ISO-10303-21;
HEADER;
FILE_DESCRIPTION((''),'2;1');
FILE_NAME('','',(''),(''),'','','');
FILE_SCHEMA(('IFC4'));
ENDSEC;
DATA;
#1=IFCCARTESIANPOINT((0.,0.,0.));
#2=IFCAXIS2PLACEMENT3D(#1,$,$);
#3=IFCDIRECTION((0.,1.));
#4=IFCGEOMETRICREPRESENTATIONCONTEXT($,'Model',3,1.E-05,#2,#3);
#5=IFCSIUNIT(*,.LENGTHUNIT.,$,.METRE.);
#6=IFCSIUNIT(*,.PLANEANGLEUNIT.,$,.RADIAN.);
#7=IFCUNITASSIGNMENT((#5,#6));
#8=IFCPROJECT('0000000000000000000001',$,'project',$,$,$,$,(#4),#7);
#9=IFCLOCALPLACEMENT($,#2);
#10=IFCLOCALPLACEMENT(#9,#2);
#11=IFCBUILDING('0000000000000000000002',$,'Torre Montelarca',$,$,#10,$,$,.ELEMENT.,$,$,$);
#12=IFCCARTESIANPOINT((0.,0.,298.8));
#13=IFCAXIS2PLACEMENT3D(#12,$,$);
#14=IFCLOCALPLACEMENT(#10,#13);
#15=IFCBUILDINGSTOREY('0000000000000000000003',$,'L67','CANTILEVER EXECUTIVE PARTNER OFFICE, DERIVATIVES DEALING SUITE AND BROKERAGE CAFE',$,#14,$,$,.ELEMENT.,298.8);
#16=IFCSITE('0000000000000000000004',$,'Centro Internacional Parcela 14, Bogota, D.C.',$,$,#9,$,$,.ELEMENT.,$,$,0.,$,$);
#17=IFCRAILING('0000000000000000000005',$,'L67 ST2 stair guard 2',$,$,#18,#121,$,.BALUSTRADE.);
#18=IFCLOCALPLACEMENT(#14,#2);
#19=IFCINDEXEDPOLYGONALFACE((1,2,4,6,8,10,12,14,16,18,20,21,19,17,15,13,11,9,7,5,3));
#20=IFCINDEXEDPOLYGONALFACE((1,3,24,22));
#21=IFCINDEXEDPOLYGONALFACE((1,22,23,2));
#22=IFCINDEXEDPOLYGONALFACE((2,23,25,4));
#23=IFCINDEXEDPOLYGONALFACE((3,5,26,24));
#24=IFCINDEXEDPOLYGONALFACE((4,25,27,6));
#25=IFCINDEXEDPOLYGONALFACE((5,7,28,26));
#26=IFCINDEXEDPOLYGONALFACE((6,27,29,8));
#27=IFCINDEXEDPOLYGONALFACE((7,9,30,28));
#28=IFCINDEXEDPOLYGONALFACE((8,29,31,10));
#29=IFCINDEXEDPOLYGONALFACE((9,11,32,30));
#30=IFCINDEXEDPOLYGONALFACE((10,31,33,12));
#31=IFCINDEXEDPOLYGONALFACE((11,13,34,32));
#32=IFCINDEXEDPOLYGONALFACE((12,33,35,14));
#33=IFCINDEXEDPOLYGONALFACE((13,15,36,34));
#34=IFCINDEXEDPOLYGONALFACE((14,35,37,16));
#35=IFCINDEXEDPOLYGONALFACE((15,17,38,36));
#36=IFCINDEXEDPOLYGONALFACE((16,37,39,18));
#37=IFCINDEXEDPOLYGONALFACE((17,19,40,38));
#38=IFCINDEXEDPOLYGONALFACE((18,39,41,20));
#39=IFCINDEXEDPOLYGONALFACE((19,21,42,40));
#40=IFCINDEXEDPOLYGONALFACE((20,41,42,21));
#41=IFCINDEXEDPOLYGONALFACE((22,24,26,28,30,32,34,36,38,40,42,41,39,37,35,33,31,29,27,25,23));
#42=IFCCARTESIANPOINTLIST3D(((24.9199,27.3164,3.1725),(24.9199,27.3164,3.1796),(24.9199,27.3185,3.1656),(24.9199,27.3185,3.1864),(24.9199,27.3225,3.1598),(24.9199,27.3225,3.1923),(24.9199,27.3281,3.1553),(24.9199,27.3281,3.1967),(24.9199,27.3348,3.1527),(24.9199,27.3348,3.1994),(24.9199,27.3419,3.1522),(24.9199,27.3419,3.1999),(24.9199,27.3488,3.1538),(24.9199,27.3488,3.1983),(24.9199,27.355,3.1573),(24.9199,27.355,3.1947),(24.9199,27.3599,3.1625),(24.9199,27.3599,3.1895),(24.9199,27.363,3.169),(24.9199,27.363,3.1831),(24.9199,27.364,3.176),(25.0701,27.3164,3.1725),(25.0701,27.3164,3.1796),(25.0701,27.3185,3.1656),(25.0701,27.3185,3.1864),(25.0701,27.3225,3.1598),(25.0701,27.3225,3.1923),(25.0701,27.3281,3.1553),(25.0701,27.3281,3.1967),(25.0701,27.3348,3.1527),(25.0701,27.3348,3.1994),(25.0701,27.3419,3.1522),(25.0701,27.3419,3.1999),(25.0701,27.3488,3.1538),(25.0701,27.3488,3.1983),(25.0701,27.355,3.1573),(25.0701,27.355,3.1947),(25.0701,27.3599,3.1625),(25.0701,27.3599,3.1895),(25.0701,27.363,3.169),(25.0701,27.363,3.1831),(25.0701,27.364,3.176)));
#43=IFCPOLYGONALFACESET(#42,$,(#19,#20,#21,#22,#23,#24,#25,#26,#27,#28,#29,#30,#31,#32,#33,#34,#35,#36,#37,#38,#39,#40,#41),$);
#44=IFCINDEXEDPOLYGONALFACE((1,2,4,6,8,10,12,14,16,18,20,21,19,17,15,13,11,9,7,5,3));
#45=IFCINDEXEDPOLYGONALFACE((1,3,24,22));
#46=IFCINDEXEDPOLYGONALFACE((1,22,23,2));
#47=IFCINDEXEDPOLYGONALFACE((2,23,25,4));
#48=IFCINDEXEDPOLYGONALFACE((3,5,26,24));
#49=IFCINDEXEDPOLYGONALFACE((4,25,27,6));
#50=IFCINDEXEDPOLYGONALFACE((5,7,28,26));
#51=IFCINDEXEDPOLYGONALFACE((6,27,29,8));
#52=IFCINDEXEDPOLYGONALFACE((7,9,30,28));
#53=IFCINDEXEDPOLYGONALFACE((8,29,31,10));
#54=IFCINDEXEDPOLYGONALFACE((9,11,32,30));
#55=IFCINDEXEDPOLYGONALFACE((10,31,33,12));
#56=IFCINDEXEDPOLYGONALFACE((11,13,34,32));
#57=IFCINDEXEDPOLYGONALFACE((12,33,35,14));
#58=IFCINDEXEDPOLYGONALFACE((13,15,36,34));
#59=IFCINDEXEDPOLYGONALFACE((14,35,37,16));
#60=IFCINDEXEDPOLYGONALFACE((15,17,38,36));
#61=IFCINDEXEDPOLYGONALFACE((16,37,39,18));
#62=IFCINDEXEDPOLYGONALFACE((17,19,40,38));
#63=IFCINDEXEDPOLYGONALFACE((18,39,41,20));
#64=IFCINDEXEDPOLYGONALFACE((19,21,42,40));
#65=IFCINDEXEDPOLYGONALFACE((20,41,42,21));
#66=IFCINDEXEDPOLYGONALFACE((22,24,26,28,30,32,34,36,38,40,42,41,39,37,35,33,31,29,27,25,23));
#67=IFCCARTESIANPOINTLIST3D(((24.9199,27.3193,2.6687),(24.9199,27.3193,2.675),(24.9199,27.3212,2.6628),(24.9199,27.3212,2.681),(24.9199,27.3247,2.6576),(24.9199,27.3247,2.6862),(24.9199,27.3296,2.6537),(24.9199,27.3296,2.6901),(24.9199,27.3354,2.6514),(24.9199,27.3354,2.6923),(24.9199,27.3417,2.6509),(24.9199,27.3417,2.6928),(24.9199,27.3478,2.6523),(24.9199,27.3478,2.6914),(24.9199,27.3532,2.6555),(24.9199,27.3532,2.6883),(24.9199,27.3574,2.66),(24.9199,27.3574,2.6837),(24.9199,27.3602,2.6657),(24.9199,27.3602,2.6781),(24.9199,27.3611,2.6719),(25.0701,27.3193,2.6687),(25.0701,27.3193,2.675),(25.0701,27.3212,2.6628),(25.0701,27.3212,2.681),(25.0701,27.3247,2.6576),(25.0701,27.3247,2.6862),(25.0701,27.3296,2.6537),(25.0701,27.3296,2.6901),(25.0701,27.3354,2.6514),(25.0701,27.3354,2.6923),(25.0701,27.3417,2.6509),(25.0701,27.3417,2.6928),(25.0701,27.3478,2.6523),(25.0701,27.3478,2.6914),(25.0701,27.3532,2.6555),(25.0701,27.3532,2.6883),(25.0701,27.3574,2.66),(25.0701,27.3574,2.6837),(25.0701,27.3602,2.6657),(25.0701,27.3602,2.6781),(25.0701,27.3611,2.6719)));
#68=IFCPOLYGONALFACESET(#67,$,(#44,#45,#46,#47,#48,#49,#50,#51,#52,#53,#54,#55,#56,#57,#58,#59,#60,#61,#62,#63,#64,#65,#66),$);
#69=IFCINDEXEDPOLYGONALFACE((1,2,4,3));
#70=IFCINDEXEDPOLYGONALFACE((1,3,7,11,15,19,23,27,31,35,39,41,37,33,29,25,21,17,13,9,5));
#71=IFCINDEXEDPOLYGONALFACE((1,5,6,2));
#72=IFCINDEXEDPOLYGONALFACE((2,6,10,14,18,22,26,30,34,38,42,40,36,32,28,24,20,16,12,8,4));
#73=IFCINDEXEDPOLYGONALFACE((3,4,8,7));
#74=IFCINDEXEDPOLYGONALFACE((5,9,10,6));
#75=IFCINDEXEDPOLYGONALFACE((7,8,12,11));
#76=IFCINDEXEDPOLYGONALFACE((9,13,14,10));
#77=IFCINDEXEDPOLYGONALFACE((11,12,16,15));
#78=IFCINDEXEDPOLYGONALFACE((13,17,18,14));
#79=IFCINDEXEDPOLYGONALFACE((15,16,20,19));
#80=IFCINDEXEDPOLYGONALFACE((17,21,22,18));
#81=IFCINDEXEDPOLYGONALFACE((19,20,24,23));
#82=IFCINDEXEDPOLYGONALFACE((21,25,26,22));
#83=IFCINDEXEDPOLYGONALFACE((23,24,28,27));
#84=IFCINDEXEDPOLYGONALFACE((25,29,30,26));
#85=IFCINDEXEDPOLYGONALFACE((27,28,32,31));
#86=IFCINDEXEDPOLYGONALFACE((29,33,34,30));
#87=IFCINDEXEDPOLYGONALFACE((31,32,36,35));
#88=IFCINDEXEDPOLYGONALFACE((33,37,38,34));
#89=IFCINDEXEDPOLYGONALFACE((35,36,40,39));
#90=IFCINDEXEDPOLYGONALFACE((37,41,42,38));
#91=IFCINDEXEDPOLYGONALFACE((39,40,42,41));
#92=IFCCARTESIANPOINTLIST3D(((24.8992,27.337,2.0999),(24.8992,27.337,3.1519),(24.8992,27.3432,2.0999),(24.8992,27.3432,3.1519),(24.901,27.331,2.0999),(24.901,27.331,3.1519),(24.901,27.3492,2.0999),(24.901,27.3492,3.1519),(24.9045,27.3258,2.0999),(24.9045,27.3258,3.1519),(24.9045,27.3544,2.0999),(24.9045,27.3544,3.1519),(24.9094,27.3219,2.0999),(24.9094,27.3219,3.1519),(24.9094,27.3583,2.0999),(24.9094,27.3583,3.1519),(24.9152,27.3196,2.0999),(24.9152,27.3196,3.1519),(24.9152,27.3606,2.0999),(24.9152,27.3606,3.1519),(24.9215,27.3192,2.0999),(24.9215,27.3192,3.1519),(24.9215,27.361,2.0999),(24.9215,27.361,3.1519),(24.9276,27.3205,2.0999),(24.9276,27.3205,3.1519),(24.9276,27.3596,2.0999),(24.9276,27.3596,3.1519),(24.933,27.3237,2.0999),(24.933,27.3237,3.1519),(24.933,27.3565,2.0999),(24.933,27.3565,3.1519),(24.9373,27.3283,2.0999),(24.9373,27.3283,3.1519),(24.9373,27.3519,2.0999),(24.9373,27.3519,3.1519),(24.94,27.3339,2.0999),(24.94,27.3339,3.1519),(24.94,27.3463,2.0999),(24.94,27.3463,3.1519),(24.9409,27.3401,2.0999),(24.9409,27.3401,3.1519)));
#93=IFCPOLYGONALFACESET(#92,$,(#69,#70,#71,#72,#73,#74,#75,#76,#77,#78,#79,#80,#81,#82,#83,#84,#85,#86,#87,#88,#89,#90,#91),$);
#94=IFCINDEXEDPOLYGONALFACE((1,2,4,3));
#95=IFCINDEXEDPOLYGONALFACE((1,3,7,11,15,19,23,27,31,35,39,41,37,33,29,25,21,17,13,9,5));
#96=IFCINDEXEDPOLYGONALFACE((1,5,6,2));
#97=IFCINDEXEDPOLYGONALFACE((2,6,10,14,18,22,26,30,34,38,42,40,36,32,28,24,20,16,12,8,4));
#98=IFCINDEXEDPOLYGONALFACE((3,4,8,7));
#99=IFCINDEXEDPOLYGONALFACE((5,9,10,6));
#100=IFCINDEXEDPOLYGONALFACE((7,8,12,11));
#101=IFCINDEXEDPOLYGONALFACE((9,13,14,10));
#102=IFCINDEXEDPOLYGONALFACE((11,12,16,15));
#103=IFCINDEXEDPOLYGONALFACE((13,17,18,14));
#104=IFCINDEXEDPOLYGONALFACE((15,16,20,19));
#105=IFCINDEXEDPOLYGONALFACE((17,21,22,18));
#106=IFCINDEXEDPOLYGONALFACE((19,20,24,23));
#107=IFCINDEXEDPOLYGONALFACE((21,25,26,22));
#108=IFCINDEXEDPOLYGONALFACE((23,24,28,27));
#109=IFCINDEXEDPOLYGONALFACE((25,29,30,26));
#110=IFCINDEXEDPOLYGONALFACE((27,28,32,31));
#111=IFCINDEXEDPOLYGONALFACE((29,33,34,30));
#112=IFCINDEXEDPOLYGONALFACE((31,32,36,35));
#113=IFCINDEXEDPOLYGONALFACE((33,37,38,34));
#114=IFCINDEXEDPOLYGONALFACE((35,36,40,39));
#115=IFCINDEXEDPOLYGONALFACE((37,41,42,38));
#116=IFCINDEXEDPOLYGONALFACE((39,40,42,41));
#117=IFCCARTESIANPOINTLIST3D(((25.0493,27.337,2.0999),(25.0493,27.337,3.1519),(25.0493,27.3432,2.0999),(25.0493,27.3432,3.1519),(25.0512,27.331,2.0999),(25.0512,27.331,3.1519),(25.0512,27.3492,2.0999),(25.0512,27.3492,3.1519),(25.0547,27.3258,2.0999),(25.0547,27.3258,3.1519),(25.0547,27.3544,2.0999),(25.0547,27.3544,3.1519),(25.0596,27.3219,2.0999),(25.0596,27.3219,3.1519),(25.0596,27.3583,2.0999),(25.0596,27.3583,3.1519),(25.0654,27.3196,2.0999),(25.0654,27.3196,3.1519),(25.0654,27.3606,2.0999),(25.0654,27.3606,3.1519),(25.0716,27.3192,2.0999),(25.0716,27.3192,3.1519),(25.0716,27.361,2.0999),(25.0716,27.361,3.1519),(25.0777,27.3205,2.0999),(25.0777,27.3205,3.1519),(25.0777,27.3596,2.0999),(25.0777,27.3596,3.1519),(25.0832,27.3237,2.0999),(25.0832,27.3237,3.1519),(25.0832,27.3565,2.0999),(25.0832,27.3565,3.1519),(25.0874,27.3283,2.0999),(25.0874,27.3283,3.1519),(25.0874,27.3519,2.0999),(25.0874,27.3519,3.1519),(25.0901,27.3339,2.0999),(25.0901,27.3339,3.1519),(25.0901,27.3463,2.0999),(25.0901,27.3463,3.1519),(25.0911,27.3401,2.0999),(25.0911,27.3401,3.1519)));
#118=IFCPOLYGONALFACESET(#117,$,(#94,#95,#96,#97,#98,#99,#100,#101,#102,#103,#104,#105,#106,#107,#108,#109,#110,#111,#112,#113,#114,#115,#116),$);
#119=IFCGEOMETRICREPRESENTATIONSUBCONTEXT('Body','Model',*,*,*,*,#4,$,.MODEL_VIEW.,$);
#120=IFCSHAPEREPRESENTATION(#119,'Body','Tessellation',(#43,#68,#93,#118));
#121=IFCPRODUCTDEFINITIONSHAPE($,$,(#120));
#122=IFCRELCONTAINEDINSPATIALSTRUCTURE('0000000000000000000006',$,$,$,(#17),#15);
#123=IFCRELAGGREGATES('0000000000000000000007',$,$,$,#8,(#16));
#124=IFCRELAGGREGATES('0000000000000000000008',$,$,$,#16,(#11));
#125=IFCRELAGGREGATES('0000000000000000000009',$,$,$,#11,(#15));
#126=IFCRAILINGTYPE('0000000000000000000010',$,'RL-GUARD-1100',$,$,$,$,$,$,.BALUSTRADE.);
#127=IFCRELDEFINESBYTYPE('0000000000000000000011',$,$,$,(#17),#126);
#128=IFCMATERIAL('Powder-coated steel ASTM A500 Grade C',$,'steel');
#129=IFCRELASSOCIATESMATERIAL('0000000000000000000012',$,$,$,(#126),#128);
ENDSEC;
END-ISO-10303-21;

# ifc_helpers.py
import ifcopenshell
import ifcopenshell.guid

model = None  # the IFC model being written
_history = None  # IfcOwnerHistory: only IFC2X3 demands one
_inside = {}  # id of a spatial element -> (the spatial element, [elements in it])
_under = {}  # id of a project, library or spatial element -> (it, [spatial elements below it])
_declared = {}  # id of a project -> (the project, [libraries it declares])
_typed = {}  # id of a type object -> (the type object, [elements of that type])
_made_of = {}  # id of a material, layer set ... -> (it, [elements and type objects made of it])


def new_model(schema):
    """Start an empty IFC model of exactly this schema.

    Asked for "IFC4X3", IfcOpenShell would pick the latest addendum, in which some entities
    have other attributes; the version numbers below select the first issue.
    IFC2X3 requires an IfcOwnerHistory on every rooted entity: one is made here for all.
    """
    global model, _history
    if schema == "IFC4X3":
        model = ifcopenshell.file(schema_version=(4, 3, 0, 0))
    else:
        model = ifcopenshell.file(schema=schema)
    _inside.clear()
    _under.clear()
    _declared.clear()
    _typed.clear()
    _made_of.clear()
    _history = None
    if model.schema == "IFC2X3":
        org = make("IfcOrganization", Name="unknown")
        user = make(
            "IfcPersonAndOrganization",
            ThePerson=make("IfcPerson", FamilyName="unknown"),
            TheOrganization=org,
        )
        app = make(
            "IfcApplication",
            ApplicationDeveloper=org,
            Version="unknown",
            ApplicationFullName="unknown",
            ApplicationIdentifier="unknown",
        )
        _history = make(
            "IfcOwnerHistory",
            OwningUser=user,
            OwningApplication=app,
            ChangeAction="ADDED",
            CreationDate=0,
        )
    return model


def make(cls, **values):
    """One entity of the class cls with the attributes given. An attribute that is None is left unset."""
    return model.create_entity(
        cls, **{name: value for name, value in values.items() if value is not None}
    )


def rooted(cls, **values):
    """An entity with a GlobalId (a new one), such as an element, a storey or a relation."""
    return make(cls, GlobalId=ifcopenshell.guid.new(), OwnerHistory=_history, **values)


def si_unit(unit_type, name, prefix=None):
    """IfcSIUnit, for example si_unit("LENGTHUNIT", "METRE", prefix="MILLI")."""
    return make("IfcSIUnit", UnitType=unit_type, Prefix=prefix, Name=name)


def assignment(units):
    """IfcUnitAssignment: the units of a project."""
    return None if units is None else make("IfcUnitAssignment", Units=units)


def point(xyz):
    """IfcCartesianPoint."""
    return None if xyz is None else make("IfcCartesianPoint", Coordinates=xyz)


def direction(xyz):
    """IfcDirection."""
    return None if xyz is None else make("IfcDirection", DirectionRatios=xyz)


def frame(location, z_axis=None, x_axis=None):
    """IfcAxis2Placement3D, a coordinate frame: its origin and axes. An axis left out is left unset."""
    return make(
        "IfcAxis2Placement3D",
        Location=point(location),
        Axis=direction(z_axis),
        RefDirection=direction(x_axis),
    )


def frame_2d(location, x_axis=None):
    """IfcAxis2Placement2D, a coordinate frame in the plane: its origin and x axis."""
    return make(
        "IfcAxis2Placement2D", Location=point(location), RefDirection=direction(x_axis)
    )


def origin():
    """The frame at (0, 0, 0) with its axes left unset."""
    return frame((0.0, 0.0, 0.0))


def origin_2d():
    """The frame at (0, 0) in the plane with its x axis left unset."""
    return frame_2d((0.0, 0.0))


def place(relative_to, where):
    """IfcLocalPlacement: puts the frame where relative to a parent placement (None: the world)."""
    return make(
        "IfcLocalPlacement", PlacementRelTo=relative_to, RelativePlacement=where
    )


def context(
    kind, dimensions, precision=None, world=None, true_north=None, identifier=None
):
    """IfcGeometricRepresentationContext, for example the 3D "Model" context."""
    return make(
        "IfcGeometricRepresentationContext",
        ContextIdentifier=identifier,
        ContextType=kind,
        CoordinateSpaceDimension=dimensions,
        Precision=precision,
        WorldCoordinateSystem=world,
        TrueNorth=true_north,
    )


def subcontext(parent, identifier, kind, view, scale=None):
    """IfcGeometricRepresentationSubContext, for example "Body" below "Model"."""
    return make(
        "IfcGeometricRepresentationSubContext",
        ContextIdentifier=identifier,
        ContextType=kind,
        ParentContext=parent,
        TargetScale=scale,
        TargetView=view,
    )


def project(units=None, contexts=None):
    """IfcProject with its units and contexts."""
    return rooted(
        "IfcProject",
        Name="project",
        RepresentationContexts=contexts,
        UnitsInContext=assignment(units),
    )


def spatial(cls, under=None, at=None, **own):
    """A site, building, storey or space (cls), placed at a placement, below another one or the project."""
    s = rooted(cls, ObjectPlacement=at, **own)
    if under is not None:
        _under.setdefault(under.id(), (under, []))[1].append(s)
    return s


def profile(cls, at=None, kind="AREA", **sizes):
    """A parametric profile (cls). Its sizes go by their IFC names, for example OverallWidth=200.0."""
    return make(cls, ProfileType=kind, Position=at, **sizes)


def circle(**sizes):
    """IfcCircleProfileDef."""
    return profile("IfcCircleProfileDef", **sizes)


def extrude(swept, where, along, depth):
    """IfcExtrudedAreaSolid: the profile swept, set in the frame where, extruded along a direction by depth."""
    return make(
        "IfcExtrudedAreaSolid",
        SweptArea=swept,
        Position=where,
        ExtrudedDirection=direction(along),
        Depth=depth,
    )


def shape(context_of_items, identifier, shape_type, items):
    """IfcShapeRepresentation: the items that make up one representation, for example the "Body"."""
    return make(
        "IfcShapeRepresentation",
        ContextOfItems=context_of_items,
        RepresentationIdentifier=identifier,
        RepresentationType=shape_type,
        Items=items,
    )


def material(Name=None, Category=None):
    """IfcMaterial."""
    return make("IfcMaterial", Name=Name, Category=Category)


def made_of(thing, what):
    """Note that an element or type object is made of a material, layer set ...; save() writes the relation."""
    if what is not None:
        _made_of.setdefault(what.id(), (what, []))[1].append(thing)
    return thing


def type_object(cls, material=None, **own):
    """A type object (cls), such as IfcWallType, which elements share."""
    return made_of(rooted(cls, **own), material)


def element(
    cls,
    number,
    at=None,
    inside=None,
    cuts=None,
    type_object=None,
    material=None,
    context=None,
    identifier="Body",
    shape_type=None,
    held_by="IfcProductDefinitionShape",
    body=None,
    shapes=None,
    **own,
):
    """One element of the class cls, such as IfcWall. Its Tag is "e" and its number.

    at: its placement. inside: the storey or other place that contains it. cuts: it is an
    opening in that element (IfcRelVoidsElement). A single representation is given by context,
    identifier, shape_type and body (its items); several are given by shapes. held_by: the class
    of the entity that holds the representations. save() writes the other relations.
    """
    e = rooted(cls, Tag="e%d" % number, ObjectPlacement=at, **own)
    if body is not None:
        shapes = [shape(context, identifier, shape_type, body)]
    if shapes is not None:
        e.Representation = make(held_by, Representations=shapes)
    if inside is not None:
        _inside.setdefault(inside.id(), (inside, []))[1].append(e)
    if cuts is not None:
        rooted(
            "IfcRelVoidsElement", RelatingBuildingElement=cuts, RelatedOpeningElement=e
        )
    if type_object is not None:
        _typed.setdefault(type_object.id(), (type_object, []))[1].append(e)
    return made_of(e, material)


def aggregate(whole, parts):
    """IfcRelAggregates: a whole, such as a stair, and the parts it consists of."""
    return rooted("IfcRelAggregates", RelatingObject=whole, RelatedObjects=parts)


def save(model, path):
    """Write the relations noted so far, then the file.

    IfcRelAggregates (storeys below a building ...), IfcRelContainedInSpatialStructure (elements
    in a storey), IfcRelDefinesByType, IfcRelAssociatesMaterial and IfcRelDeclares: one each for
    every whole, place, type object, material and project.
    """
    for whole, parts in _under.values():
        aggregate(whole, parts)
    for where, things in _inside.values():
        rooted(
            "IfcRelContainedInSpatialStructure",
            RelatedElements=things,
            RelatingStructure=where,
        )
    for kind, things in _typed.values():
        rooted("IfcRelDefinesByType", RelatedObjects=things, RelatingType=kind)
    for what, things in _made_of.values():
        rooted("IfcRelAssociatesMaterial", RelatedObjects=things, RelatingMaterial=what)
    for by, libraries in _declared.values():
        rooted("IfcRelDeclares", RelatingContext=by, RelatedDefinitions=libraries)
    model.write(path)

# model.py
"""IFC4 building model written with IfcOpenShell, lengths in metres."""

from ifc_helpers import new_model, si_unit, direction, frame, origin, origin_2d, place, context, subcontext, project, spatial, circle, extrude, material, type_object, element, save


model = new_model("IFC4")

# Units and contexts
model_context = context("Model", 3, precision=1e-05, world=origin(), true_north=direction((0.0, 1.0)))
body_context = subcontext(model_context, "Body", "Model", "MODEL_VIEW")
ifc_project = project(units=[si_unit("LENGTHUNIT", "METRE"), si_unit("PLANEANGLEUNIT", "RADIAN")], contexts=[model_context])

# Site, building, storey
site_placement = place(None, origin())
site = spatial("IfcSite", under=ifc_project, at=site_placement, Name="Centro Internacional Parcela 14, Bogota, D.C.", CompositionType="ELEMENT", RefElevation=0.0)
building_placement = place(site_placement, origin())
building = spatial("IfcBuilding", under=site, at=building_placement, Name="Torre Montelarca", CompositionType="ELEMENT")
storey_placement = place(building_placement, frame((0.0, 0.0, 298.8)))
storey = spatial("IfcBuildingStorey", under=building, at=storey_placement, Name="L67", Description="CANTILEVER EXECUTIVE PARTNER OFFICE, DERIVATIVES DEALING SUITE AND BROKERAGE CAFE", CompositionType="ELEMENT", Elevation=298.8)

# Railing
ifc_material_1 = material(Name="Powder-coated steel ASTM A500 Grade C", Category="steel")
railing_type = type_object("IfcRailingType", Name="RL-GUARD-1100", PredefinedType="BALUSTRADE", material=ifc_material_1)
railing_1_placement = place(storey_placement, frame((24.9199, 27.3401, 2.0999)))
element("IfcRailing", 1, at=railing_1_placement, inside=storey, type_object=railing_type, Name="L67 ST2 stair guard 2", PredefinedType="BALUSTRADE", context=body_context, shape_type="SweptSolid", body=[
    extrude(circle(Radius=0.0239, at=origin_2d()), frame((0.0, 0.0, 1.0762), z_axis=(1.0, 0.0, 0.0), x_axis=(0.0, 1.0, 0.0)), (0.0, 0.0, 1.0), 0.1501),
    extrude(circle(Radius=0.021, at=origin_2d()), frame((0.0, 0.0, 0.572), z_axis=(1.0, 0.0, 0.0), x_axis=(0.0, 1.0, 0.0)), (0.0, 0.0, 1.0), 0.1501),
    extrude(circle(Radius=0.021, at=origin_2d()), origin(), (0.0, 0.0, 1.0), 1.052),
    extrude(circle(Radius=0.021, at=origin_2d()), frame((0.1501, 0.0, 0.0)), (0.0, 0.0, 1.0), 1.052),
])

save(model, "model.ifc")
